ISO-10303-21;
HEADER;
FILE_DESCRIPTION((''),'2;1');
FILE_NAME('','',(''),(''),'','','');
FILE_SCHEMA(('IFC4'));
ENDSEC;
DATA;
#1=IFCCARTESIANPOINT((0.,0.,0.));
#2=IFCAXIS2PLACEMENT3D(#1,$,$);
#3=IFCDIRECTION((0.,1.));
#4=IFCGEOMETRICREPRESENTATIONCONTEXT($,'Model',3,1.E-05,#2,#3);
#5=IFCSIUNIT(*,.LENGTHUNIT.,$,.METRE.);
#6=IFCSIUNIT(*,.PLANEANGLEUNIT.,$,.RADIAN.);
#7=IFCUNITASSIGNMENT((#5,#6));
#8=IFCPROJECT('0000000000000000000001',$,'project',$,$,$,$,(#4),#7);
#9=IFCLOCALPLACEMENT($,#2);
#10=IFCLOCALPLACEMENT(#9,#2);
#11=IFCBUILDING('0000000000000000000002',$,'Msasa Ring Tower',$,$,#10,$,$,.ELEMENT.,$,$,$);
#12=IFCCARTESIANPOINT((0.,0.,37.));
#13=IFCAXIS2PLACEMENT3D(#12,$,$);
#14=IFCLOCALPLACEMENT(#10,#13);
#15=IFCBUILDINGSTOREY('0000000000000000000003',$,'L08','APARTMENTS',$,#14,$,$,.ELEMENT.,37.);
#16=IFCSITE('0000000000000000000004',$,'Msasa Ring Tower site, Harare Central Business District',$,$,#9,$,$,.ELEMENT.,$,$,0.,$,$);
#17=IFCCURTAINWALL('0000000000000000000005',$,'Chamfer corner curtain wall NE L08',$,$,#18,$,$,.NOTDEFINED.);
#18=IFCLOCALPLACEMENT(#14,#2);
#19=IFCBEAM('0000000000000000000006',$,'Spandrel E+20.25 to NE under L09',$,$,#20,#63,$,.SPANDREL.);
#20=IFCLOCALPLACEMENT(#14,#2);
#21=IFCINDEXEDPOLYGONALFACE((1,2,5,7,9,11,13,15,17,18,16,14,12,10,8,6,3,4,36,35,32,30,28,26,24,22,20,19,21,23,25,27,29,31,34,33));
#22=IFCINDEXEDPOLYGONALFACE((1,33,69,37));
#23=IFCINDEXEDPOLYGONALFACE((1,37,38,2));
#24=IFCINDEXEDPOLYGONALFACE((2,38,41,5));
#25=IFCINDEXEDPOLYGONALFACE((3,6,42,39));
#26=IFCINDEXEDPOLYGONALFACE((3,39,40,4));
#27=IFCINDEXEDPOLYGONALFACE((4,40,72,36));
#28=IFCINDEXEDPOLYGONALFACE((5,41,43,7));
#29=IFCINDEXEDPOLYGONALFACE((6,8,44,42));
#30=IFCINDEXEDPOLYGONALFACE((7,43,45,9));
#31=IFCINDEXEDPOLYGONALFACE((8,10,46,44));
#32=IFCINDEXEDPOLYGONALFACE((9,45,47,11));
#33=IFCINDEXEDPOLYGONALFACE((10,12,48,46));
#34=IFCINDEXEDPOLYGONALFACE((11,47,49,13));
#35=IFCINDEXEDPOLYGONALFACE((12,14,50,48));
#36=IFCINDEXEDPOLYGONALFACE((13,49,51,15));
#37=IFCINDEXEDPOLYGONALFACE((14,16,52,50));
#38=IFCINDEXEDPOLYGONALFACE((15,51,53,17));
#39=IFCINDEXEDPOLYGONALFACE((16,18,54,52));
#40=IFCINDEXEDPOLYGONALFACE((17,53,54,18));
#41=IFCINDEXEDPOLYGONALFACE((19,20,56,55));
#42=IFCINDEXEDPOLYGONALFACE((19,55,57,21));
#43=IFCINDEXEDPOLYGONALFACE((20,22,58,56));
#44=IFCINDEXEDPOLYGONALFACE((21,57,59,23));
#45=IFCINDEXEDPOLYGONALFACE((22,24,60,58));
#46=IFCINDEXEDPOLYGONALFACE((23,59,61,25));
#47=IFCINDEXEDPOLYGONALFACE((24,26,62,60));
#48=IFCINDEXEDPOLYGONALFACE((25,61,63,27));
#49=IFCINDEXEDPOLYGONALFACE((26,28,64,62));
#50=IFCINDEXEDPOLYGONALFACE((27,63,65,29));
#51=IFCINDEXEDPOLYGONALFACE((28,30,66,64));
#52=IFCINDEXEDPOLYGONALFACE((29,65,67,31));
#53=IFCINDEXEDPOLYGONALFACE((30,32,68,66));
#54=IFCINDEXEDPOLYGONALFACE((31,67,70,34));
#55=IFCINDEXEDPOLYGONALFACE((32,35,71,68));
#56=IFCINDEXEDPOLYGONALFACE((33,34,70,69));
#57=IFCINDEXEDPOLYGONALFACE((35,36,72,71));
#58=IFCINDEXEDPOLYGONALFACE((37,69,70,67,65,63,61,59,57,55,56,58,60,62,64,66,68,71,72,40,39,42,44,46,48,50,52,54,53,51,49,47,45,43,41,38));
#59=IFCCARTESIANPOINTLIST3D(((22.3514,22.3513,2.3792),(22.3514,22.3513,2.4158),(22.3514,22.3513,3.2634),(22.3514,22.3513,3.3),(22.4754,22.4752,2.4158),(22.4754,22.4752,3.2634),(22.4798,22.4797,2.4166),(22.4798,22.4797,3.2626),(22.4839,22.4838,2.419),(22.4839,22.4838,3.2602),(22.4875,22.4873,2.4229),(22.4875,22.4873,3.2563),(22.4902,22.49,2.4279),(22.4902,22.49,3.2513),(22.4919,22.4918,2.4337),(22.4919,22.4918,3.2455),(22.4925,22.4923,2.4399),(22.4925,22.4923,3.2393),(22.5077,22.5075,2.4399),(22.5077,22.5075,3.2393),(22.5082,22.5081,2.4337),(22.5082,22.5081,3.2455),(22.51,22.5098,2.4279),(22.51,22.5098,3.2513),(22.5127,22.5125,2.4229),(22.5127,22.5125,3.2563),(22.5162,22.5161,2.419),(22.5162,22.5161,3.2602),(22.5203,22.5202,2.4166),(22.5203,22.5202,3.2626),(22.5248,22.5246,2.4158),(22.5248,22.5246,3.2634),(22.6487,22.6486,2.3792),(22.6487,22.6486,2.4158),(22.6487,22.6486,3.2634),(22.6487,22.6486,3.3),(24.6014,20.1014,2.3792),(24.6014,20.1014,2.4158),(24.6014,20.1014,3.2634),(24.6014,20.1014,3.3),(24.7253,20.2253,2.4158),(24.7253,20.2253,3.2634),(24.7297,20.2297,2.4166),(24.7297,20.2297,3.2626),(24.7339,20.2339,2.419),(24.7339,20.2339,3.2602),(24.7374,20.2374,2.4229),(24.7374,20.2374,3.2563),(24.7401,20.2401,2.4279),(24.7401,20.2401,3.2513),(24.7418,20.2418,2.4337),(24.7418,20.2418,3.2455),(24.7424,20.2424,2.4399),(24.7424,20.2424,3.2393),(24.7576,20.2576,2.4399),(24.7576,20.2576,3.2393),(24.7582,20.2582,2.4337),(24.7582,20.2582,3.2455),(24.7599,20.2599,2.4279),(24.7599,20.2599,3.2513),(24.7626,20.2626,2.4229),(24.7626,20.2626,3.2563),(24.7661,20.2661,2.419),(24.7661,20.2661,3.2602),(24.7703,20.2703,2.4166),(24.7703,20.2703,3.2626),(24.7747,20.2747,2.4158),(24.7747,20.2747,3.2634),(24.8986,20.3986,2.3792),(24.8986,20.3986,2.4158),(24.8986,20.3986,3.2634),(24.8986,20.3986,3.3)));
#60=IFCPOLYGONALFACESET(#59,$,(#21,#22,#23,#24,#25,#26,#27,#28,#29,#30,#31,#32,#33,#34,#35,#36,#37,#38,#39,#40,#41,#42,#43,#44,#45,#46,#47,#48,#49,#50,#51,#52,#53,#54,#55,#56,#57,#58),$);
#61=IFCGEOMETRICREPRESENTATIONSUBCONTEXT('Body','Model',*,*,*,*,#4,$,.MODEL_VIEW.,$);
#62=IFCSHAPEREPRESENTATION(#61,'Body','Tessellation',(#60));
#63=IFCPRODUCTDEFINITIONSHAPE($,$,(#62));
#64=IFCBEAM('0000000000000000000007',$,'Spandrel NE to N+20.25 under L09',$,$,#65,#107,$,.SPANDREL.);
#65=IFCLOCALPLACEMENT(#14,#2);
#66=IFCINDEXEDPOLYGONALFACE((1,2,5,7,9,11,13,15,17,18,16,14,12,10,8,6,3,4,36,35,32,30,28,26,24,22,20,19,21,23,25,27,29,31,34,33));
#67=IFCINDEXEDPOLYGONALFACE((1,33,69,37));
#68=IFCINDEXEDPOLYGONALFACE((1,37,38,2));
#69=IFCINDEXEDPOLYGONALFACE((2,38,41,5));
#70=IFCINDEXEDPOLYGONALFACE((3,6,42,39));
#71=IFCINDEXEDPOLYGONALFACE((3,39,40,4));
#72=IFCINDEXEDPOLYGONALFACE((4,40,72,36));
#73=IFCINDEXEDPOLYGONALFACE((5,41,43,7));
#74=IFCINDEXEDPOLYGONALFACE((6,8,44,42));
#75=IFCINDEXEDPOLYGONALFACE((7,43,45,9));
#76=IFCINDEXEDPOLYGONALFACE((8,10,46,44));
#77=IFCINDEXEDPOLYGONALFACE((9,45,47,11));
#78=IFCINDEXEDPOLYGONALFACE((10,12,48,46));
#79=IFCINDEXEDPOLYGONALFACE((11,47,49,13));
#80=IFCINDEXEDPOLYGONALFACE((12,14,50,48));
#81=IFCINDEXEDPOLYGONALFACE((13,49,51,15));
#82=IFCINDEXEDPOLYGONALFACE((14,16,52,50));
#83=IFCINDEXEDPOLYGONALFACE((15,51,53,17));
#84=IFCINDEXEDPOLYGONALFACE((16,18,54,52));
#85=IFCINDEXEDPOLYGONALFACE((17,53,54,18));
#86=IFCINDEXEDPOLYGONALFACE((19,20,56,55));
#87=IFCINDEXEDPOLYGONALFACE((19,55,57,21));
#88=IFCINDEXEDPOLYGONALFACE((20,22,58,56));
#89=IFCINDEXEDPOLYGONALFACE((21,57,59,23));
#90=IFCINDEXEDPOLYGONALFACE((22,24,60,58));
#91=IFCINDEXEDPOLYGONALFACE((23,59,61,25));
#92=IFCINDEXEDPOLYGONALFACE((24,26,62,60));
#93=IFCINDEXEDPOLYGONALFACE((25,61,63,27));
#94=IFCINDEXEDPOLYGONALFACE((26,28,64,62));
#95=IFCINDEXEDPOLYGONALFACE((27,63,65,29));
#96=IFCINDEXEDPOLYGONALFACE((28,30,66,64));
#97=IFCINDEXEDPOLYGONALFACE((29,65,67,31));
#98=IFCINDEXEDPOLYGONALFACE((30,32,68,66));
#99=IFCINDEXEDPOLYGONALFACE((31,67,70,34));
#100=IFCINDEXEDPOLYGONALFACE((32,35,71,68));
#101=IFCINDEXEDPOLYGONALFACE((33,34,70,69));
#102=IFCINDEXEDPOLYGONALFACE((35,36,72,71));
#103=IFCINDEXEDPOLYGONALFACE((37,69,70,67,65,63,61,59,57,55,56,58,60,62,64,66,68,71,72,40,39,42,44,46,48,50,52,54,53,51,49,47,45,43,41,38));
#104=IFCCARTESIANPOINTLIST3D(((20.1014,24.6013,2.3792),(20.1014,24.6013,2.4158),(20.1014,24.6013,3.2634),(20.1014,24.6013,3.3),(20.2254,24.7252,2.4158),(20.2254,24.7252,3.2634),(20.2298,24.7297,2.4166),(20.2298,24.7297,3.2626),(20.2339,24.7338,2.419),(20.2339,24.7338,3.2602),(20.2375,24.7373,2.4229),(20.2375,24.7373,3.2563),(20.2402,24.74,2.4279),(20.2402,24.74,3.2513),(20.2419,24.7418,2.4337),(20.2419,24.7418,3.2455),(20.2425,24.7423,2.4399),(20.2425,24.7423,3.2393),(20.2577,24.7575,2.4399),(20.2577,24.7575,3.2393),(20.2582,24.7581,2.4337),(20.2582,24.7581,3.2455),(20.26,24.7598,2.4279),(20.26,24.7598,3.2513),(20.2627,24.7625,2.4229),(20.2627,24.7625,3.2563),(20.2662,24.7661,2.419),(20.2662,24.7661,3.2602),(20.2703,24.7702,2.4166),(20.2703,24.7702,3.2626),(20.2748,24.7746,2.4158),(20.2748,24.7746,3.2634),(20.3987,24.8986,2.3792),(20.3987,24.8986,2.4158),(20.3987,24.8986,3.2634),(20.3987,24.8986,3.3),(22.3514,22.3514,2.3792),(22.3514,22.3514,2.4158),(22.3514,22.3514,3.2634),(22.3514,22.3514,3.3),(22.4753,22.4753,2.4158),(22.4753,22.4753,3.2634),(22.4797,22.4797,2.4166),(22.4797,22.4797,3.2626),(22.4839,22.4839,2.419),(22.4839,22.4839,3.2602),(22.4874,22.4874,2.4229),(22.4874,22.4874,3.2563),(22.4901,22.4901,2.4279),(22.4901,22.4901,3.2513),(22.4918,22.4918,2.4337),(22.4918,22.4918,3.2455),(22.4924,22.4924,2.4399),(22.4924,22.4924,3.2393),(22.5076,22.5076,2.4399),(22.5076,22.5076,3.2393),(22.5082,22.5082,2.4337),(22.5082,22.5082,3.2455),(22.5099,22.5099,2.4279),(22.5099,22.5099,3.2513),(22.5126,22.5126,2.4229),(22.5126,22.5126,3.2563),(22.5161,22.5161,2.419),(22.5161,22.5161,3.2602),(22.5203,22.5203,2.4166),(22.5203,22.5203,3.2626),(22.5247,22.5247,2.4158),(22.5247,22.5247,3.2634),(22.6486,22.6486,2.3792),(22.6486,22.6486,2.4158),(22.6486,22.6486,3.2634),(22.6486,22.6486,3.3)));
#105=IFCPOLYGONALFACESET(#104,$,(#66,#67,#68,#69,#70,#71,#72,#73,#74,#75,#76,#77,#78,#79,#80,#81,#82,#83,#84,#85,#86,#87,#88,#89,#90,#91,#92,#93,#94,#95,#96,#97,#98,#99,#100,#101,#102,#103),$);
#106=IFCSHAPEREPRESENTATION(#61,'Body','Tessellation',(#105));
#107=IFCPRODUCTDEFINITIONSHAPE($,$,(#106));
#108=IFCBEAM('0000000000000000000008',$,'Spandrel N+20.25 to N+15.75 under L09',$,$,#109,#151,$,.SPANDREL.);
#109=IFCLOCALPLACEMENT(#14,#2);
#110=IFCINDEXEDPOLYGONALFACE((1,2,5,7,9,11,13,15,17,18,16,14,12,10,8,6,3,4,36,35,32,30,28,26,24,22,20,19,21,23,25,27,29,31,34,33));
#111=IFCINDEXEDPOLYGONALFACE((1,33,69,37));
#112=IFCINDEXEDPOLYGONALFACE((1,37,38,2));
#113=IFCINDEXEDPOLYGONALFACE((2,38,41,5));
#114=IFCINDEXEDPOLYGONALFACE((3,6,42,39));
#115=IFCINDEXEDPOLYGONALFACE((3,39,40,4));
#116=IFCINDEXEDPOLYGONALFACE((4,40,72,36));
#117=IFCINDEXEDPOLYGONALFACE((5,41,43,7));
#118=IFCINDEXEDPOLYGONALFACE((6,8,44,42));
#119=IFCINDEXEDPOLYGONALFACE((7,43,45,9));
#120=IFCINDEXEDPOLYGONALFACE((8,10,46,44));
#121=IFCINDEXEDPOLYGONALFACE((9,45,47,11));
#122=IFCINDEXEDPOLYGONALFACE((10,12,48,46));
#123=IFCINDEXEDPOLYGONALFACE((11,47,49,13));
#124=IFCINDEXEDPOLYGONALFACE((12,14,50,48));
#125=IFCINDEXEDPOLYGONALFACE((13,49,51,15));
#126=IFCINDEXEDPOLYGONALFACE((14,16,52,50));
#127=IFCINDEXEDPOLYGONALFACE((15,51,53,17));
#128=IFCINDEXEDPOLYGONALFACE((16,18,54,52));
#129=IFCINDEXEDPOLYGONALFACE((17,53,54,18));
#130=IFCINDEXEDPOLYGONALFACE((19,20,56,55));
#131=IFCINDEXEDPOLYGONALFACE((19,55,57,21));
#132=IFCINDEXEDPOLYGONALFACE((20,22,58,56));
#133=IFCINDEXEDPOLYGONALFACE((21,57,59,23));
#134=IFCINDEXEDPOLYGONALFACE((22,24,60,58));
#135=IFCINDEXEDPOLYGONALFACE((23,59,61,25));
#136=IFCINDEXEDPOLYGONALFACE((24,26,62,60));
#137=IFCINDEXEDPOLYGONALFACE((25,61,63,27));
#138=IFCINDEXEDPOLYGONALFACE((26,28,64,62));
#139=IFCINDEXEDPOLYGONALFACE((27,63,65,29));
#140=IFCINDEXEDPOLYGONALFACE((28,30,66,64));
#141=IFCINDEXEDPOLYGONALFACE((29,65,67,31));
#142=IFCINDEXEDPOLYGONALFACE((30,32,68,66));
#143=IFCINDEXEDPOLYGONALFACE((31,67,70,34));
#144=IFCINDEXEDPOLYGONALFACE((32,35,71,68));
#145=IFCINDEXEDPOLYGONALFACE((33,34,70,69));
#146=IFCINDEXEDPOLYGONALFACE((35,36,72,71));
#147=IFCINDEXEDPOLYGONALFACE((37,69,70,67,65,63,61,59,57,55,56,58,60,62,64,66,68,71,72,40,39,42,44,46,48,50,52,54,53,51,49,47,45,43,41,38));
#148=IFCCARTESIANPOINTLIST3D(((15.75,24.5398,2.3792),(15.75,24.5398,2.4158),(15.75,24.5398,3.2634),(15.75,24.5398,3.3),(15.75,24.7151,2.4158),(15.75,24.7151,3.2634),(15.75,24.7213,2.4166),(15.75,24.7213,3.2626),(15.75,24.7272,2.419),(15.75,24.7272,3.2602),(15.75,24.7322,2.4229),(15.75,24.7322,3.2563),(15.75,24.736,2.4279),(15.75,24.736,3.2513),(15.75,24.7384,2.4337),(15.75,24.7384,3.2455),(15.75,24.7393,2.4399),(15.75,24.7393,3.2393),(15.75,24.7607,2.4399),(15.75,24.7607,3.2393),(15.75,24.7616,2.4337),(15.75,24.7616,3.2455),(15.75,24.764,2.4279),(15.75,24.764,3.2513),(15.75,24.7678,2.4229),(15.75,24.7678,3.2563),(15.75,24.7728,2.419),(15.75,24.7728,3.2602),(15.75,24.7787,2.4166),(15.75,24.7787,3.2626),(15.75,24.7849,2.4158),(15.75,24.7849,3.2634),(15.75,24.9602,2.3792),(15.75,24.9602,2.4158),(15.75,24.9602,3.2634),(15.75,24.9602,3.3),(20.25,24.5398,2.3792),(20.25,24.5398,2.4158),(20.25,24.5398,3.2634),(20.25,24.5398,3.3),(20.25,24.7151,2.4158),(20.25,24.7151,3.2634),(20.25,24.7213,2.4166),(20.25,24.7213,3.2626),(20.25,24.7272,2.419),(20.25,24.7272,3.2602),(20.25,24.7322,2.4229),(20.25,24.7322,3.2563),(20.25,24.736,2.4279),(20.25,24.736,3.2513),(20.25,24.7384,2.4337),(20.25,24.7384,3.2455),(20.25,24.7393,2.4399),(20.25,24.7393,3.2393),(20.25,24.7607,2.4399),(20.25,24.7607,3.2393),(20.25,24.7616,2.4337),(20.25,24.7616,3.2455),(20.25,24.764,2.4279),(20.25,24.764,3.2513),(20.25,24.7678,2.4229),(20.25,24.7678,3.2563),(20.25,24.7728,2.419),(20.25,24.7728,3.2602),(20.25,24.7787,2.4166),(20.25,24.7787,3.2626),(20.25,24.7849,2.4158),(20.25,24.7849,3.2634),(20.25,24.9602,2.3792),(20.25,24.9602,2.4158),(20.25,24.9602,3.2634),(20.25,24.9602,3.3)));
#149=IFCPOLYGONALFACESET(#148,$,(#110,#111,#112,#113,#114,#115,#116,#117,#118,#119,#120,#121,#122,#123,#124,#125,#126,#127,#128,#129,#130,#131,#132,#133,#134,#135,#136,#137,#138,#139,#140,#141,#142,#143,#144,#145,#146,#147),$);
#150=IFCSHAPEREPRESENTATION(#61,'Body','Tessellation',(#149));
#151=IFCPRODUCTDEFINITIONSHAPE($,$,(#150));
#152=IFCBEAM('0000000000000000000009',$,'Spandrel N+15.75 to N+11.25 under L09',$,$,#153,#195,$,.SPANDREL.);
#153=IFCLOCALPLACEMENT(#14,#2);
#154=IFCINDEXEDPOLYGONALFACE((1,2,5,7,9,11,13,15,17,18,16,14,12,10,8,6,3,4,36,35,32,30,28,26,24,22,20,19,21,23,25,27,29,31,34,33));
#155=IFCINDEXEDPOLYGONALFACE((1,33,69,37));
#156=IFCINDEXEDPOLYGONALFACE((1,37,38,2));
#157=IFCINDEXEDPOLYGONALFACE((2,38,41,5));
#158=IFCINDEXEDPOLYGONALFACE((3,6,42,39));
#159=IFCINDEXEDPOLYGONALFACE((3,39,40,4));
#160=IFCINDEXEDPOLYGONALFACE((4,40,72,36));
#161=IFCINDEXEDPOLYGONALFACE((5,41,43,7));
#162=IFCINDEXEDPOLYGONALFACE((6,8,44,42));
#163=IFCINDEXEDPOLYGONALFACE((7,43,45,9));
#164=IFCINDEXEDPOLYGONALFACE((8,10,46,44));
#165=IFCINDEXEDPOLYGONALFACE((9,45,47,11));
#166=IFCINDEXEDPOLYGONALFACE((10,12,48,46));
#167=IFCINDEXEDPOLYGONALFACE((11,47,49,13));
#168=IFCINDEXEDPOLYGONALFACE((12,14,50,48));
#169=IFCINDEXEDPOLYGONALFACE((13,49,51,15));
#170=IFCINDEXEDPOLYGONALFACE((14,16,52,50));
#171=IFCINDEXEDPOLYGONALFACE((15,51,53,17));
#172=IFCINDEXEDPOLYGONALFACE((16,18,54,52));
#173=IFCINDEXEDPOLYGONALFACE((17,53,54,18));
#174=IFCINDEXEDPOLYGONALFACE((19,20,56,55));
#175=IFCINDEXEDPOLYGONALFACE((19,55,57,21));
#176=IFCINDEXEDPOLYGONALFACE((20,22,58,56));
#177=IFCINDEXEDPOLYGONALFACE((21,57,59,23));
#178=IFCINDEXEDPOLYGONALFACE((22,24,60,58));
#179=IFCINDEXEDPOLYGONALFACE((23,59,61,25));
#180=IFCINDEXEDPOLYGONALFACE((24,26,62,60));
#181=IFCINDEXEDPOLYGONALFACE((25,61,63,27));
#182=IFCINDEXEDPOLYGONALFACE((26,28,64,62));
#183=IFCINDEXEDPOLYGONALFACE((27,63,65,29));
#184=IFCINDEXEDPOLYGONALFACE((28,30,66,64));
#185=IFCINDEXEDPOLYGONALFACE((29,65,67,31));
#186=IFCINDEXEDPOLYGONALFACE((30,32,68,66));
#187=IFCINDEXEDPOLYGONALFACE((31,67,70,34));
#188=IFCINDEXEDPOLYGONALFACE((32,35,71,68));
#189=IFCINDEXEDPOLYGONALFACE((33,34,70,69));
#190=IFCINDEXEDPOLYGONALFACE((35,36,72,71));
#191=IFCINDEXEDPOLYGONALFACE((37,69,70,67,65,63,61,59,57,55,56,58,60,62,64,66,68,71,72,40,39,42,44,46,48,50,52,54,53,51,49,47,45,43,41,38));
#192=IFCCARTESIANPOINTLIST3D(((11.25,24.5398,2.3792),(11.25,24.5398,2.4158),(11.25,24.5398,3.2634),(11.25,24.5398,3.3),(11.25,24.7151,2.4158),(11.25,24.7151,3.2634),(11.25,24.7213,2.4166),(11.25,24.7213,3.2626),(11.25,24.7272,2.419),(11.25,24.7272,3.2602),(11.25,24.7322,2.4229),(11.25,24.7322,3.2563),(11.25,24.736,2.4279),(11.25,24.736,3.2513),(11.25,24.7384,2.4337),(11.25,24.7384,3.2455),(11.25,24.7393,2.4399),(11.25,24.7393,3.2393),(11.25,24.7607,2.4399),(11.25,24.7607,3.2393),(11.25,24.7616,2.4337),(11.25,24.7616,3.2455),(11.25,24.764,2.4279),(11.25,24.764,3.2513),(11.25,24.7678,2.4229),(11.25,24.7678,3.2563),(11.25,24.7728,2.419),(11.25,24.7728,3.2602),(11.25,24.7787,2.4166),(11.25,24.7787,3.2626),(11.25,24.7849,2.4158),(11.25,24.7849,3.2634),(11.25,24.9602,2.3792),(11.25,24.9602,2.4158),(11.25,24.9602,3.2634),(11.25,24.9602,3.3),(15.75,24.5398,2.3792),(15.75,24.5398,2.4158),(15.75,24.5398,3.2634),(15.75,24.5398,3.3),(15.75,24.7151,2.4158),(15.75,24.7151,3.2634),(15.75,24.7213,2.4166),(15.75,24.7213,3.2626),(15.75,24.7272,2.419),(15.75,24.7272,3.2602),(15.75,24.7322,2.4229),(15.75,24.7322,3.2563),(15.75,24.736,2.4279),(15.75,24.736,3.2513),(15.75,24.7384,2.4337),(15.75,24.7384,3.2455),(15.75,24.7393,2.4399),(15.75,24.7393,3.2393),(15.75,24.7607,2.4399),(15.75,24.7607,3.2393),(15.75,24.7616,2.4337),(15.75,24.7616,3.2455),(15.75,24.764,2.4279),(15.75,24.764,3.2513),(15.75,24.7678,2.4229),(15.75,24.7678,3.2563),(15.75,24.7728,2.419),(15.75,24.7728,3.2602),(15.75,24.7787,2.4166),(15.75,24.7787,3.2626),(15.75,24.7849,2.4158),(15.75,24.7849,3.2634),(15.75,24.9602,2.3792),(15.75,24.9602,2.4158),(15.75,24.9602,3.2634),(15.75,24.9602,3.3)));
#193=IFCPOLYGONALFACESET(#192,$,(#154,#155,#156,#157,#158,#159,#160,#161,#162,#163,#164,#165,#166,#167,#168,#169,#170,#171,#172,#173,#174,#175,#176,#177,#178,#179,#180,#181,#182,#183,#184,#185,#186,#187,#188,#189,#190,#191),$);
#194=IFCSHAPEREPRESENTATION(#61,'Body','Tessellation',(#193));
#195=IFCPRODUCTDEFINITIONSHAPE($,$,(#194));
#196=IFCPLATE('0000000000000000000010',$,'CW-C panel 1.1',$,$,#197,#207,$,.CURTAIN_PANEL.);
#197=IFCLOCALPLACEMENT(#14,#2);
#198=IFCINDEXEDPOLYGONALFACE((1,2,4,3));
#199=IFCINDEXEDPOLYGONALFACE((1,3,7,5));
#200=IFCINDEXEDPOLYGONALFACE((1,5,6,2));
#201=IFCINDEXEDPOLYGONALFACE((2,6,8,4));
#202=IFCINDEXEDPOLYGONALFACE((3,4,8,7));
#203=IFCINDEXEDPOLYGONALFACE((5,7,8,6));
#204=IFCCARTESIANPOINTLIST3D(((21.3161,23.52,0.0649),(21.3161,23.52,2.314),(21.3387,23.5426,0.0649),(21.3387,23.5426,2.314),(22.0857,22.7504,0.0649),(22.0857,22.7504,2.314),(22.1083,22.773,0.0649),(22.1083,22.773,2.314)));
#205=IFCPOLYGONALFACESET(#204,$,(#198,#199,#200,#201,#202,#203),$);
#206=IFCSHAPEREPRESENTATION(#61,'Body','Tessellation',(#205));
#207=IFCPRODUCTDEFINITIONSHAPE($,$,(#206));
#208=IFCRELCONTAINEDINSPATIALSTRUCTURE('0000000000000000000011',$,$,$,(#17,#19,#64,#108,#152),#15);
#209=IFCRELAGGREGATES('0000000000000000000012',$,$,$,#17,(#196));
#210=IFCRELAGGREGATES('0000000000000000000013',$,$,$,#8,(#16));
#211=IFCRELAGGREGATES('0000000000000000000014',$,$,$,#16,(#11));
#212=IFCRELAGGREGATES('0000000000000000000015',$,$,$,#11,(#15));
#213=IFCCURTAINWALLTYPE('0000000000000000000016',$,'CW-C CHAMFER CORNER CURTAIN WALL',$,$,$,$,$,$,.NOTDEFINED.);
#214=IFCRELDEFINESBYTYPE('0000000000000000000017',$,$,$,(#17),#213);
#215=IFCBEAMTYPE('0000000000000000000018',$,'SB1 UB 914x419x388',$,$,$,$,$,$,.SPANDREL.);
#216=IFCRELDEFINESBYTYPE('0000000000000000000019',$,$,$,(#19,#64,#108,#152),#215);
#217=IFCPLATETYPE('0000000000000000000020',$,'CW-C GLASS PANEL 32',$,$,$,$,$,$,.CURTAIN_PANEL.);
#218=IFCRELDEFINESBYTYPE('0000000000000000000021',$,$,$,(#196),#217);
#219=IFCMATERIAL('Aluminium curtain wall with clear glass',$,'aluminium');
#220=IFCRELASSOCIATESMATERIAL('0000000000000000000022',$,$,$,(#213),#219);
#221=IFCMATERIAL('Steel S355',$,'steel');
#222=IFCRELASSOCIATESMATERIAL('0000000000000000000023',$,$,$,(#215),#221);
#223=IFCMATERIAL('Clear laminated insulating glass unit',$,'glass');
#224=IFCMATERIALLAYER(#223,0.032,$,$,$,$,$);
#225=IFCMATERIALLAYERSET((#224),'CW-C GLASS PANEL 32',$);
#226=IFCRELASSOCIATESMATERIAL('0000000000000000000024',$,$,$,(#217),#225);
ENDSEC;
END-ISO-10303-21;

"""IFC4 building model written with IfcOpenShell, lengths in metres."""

from ifc_helpers import new_model, si_unit, direction, frame, origin, origin_2d, place, context, subcontext, project, spatial, rectangle, i_section, extrude, material, layer, layer_set, material_profile, profile_set, type_object, element, aggregate, save


model = new_model("IFC4")

# Units and contexts
model_context = context("Model", 3, precision=1e-05, world=origin(), true_north=direction((0.0, 1.0)))
body_context = subcontext(model_context, "Body", "Model", "MODEL_VIEW")
ifc_project = project(units=[si_unit("LENGTHUNIT", "METRE"), si_unit("PLANEANGLEUNIT", "RADIAN")], contexts=[model_context])

# Site, building, storey
site_placement = place(None, origin())
site = spatial("IfcSite", under=ifc_project, at=site_placement, Name="Msasa Ring Tower site, Harare Central Business District", CompositionType="ELEMENT", RefElevation=0.0)
building_placement = place(site_placement, origin())
building = spatial("IfcBuilding", under=site, at=building_placement, Name="Msasa Ring Tower", CompositionType="ELEMENT")
storey_placement = place(building_placement, frame((0.0, 0.0, 37.0)))
storey = spatial("IfcBuildingStorey", under=building, at=storey_placement, Name="L08", Description="APARTMENTS", CompositionType="ELEMENT", Elevation=37.0)

# Curtain wall
ifc_material_1 = material(Name="Aluminium curtain wall with clear glass", Category="aluminium")
curtain_wall_type = type_object("IfcCurtainWallType", Name="CW-C CHAMFER CORNER CURTAIN WALL", PredefinedType="NOTDEFINED", material=ifc_material_1)
curtain_wall_1_placement = place(storey_placement, origin())
curtain_wall_1 = element("IfcCurtainWall", 1, at=curtain_wall_1_placement, inside=storey, type_object=curtain_wall_type, Name="Chamfer corner curtain wall NE L08", PredefinedType="NOTDEFINED")

# Beams
ifc_material_2 = material(Name="Steel S355", Category="steel")
ifc_material_profile_1 = material_profile(ifc_material_2, i_section(OverallWidth=0.4204, OverallDepth=0.9209, WebThickness=0.0215, FlangeThickness=0.0366, FilletRadius=0.0242, at=origin_2d()), Name="UB 914x419x388")
ifc_profile_set_1 = profile_set([ifc_material_profile_1], Name="Steel S355")
beam_type_1 = type_object("IfcBeamType", Name="SB1 UB 914x419x388", PredefinedType="SPANDREL", material=ifc_profile_set_1)
for number, where, z_axis, x_axis, name in (
    (2, (24.75, 20.25, 2.8396), (-0.707107, 0.707107, 0.0), (-0.707107, -0.707107, 0.0), "Spandrel E+20.25 to NE under L09"),
    (3, (22.5, 22.5, 2.8396), (-0.707107, 0.707107, 0.0), (-0.707107, -0.707107, 0.0), "Spandrel NE to N+20.25 under L09"),
):
    element("IfcBeam", number, at=place(storey_placement, frame(where, z_axis=z_axis, x_axis=x_axis)), inside=storey, type_object=beam_type_1, Name=name, PredefinedType="SPANDREL", context=body_context, shape_type="SweptSolid", body=[
        extrude(i_section(OverallWidth=0.4204, OverallDepth=0.9209, WebThickness=0.0215, FlangeThickness=0.0366, FilletRadius=0.0242, at=origin_2d()), origin(), (0.0, 0.0, 1.0), 3.1819),
    ])
for number, where, z_axis, x_axis, name in (
    (4, (20.25, 24.75, 2.8396), (-1.0, 0.0, 0.0), (0.0, -1.0, 0.0), "Spandrel N+20.25 to N+15.75 under L09"),
    (5, (15.75, 24.75, 2.8396), (-1.0, 0.0, 0.0), (0.0, -1.0, 0.0), "Spandrel N+15.75 to N+11.25 under L09"),
):
    element("IfcBeam", number, at=place(storey_placement, frame(where, z_axis=z_axis, x_axis=x_axis)), inside=storey, type_object=beam_type_1, Name=name, PredefinedType="SPANDREL", context=body_context, shape_type="SweptSolid", body=[
        extrude(i_section(OverallWidth=0.4204, OverallDepth=0.9209, WebThickness=0.0215, FlangeThickness=0.0366, FilletRadius=0.0242, at=origin_2d()), origin(), (0.0, 0.0, 1.0), 4.5),
    ])

# Plate
ifc_material_3 = material(Name="Clear laminated insulating glass unit", Category="glass")
ifc_layer_1 = layer(ifc_material_3, 0.032)
ifc_layer_set_1 = layer_set([ifc_layer_1], Name="CW-C GLASS PANEL 32")
plate_type = type_object("IfcPlateType", Name="CW-C GLASS PANEL 32", PredefinedType="CURTAIN_PANEL", material=ifc_layer_set_1)
plate_1_placement = place(storey_placement, frame((21.7122, 23.1465, 0.0649), z_axis=(0.0, 0.0, 1.0), x_axis=(-0.707107, 0.707107, 0.0)))
plate_1 = element("IfcPlate", 6, at=plate_1_placement, type_object=plate_type, Name="CW-C panel 1.1", PredefinedType="CURTAIN_PANEL", context=body_context, shape_type="SweptSolid", body=[
    extrude(rectangle(XDim=1.0884, YDim=0.032, at=origin_2d()), origin(), (0.0, 0.0, 1.0), 2.249),
])
aggregate(curtain_wall_1, [plate_1])

save(model, "model.ifc")
